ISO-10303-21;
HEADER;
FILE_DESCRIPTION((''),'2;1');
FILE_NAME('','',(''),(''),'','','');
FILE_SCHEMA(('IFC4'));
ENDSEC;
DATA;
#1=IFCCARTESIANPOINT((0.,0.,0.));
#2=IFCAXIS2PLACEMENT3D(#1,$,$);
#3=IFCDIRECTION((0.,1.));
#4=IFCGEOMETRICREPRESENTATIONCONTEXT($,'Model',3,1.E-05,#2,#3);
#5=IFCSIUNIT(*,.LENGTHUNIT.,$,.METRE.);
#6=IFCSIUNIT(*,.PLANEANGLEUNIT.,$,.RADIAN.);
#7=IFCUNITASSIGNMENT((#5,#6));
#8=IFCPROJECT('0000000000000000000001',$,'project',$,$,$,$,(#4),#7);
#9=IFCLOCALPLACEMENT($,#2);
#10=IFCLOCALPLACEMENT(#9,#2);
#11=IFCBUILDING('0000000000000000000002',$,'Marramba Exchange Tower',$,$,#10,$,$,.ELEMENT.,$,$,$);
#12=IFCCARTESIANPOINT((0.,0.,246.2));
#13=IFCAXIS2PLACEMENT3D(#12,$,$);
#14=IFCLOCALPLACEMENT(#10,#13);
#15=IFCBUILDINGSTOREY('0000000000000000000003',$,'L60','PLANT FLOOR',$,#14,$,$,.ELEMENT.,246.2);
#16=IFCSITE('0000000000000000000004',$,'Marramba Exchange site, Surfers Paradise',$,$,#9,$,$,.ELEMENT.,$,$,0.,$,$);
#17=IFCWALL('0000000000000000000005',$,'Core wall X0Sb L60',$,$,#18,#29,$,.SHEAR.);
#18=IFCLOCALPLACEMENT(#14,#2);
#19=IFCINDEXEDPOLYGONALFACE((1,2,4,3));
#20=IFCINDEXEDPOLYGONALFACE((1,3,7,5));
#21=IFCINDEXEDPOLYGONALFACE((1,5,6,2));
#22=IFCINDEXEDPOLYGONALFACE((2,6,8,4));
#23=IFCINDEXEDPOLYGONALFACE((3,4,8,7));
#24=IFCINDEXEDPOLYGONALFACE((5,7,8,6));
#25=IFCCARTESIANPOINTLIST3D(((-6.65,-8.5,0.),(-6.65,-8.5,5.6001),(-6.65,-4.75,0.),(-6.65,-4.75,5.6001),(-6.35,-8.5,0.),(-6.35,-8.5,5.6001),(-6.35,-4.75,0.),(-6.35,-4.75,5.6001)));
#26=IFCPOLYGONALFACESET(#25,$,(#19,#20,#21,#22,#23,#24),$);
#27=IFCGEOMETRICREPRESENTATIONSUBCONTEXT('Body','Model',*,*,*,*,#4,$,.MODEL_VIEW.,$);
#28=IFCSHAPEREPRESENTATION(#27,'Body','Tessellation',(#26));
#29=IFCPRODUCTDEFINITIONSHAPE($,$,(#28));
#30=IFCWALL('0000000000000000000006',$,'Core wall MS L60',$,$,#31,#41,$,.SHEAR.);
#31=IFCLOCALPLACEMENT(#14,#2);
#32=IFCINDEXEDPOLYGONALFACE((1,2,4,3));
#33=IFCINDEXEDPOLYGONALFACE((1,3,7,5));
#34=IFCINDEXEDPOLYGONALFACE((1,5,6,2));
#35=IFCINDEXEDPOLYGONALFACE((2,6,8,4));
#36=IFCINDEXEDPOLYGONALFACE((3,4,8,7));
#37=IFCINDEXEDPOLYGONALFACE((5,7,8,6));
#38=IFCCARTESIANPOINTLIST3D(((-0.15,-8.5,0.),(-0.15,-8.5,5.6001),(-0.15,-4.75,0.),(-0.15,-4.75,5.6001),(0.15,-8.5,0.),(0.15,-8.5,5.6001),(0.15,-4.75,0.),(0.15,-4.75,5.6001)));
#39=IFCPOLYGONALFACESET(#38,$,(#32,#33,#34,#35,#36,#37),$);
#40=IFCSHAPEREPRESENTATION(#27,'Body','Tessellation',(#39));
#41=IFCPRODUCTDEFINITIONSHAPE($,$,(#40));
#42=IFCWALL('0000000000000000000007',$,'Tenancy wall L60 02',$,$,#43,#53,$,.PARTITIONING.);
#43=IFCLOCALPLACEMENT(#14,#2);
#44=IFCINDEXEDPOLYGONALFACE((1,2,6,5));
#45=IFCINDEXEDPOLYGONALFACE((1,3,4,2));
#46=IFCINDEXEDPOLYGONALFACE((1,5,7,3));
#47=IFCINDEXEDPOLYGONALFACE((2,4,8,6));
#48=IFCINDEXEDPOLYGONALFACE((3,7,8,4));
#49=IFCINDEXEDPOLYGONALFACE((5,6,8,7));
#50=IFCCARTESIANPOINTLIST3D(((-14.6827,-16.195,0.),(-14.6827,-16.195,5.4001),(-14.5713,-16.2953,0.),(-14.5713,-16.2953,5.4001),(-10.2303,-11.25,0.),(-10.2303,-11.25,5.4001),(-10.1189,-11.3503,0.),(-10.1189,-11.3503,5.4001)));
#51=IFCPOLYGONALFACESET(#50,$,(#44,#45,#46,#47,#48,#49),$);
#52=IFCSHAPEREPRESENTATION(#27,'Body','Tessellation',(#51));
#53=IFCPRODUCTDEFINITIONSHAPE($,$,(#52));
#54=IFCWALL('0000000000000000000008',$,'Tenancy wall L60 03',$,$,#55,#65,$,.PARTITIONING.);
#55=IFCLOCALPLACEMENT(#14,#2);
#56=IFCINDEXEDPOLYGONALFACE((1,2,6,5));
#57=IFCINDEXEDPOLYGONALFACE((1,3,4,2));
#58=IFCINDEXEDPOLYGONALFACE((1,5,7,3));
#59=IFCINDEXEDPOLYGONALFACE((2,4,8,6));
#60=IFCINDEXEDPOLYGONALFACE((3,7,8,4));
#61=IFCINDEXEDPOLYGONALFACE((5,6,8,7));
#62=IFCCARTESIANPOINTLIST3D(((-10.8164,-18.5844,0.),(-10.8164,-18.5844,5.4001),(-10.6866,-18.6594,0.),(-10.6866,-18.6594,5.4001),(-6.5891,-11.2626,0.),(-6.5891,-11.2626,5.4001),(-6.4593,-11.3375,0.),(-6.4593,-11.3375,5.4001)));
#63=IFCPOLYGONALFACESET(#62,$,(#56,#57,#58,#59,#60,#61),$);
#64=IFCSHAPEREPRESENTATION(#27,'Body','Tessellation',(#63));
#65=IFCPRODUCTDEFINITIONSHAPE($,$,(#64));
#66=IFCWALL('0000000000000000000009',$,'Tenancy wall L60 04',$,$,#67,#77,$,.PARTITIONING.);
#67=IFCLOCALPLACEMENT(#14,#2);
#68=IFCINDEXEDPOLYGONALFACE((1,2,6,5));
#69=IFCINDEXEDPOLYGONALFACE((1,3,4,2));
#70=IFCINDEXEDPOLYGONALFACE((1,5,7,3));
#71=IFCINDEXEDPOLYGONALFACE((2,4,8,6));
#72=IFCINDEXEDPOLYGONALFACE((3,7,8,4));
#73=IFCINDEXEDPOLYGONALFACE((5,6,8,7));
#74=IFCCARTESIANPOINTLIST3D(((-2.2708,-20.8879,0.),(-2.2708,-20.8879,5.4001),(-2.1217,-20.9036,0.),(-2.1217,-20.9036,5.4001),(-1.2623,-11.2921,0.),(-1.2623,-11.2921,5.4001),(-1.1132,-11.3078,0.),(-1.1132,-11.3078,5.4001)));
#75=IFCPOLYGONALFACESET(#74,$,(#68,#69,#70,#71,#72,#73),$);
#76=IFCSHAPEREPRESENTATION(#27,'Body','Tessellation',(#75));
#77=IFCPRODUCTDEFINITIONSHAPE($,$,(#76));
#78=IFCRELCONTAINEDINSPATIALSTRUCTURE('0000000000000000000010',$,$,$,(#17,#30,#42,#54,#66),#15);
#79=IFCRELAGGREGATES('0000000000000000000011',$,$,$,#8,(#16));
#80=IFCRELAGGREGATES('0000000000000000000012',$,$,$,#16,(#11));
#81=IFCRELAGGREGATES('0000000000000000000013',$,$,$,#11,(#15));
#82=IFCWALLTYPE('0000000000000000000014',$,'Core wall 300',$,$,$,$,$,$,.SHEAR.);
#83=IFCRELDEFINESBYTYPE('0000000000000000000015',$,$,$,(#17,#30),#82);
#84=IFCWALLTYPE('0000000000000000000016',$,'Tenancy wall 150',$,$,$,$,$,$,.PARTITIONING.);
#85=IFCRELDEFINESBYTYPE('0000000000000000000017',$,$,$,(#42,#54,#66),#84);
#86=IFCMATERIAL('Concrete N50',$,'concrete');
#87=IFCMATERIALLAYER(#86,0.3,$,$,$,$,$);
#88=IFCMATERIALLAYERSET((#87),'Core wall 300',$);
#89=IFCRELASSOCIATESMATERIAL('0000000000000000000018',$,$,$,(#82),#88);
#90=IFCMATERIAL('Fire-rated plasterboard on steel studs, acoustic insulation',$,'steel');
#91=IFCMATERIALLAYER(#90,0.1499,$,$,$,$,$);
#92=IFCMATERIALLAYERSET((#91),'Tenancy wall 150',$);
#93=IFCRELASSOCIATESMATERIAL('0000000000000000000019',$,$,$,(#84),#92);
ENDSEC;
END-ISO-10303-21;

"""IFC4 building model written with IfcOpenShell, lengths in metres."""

from ifc_helpers import new_model, si_unit, direction, frame, frame_2d, origin, place, context, subcontext, project, spatial, rectangle, extrude, material, layer, layer_set, type_object, element, save


model = new_model("IFC4")

# Units and contexts
model_context = context("Model", 3, precision=1e-05, world=origin(), true_north=direction((0.0, 1.0)))
body_context = subcontext(model_context, "Body", "Model", "MODEL_VIEW")
ifc_project = project(units=[si_unit("LENGTHUNIT", "METRE"), si_unit("PLANEANGLEUNIT", "RADIAN")], contexts=[model_context])

# Site, building, storey
site_placement = place(None, origin())
site = spatial("IfcSite", under=ifc_project, at=site_placement, Name="Marramba Exchange site, Surfers Paradise", CompositionType="ELEMENT", RefElevation=0.0)
building_placement = place(site_placement, origin())
building = spatial("IfcBuilding", under=site, at=building_placement, Name="Marramba Exchange Tower", CompositionType="ELEMENT")
storey_placement = place(building_placement, frame((0.0, 0.0, 246.2)))
storey = spatial("IfcBuildingStorey", under=building, at=storey_placement, Name="L60", Description="PLANT FLOOR", CompositionType="ELEMENT", Elevation=246.2)

# Shared definitions
ifc_material_1 = material(Name="Concrete N50", Category="concrete")

# Shared definitions
ifc_layer_1 = layer(ifc_material_1, 0.3)
ifc_layer_set_1 = layer_set([ifc_layer_1], Name="Core wall 300")
wall_type_1 = type_object("IfcWallType", Name="Core wall 300", PredefinedType="SHEAR", material=ifc_layer_set_1)

# Walls
for number, where, z_axis, x_axis, name in (
    (1, (-6.5, -4.75, 0.0), (0.0, 0.0, 1.0), (0.0, -1.0, 0.0), "Core wall X0Sb L60"),
    (2, (0.0, -4.75, 0.0), (0.0, 0.0, 1.0), (0.0, -1.0, 0.0), "Core wall MS L60"),
):
    element("IfcWall", number, at=place(storey_placement, frame(where, z_axis=z_axis, x_axis=x_axis)), inside=storey, type_object=wall_type_1, Name=name, PredefinedType="SHEAR", context=body_context, shape_type="SweptSolid", body=[
        extrude(rectangle(XDim=3.75, YDim=0.3, at=frame_2d((1.875, 0.0))), origin(), (0.0, 0.0, 1.0), 5.6001),
    ])
ifc_material_2 = material(Name="Fire-rated plasterboard on steel studs, acoustic insulation", Category="steel")
ifc_layer_2 = layer(ifc_material_2, 0.1499)
ifc_layer_set_2 = layer_set([ifc_layer_2], Name="Tenancy wall 150")
wall_type_2 = type_object("IfcWallType", Name="Tenancy wall 150", PredefinedType="PARTITIONING", material=ifc_layer_set_2)
wall_1_placement = place(storey_placement, frame((-10.1746, -11.3, 0.0), z_axis=(0.0, 0.0, 1.0), x_axis=(-0.669117, -0.743157, 0.0)))
element("IfcWall", 3, at=wall_1_placement, inside=storey, type_object=wall_type_2, Name="Tenancy wall L60 02", PredefinedType="PARTITIONING", context=body_context, shape_type="SweptSolid", body=[
    extrude(rectangle(XDim=6.6541, YDim=0.1499, at=frame_2d((3.3271, 0.0))), origin(), (0.0, 0.0, 1.0), 5.4001),
])
wall_2_placement = place(storey_placement, frame((-6.5242, -11.3, 0.0), z_axis=(0.0, 0.0, 1.0), x_axis=(-0.500006, -0.866022, 0.0)))
element("IfcWall", 4, at=wall_2_placement, inside=storey, type_object=wall_type_2, Name="Tenancy wall L60 03", PredefinedType="PARTITIONING", context=body_context, shape_type="SweptSolid", body=[
    extrude(rectangle(XDim=8.4546, YDim=0.1499, at=frame_2d((4.2273, 0.0))), origin(), (0.0, 0.0, 1.0), 5.4001),
])
wall_3_placement = place(storey_placement, frame((-1.1877, -11.3, 0.0), z_axis=(0.0, 0.0, 1.0), x_axis=(-0.104525, -0.994522, 0.0)))
element("IfcWall", 5, at=wall_3_placement, inside=storey, type_object=wall_type_2, Name="Tenancy wall L60 04", PredefinedType="PARTITIONING", context=body_context, shape_type="SweptSolid", body=[
    extrude(rectangle(XDim=9.6487, YDim=0.1499, at=frame_2d((4.8242, 0.0))), origin(), (0.0, 0.0, 1.0), 5.4001),
])

save(model, "model.ifc")
